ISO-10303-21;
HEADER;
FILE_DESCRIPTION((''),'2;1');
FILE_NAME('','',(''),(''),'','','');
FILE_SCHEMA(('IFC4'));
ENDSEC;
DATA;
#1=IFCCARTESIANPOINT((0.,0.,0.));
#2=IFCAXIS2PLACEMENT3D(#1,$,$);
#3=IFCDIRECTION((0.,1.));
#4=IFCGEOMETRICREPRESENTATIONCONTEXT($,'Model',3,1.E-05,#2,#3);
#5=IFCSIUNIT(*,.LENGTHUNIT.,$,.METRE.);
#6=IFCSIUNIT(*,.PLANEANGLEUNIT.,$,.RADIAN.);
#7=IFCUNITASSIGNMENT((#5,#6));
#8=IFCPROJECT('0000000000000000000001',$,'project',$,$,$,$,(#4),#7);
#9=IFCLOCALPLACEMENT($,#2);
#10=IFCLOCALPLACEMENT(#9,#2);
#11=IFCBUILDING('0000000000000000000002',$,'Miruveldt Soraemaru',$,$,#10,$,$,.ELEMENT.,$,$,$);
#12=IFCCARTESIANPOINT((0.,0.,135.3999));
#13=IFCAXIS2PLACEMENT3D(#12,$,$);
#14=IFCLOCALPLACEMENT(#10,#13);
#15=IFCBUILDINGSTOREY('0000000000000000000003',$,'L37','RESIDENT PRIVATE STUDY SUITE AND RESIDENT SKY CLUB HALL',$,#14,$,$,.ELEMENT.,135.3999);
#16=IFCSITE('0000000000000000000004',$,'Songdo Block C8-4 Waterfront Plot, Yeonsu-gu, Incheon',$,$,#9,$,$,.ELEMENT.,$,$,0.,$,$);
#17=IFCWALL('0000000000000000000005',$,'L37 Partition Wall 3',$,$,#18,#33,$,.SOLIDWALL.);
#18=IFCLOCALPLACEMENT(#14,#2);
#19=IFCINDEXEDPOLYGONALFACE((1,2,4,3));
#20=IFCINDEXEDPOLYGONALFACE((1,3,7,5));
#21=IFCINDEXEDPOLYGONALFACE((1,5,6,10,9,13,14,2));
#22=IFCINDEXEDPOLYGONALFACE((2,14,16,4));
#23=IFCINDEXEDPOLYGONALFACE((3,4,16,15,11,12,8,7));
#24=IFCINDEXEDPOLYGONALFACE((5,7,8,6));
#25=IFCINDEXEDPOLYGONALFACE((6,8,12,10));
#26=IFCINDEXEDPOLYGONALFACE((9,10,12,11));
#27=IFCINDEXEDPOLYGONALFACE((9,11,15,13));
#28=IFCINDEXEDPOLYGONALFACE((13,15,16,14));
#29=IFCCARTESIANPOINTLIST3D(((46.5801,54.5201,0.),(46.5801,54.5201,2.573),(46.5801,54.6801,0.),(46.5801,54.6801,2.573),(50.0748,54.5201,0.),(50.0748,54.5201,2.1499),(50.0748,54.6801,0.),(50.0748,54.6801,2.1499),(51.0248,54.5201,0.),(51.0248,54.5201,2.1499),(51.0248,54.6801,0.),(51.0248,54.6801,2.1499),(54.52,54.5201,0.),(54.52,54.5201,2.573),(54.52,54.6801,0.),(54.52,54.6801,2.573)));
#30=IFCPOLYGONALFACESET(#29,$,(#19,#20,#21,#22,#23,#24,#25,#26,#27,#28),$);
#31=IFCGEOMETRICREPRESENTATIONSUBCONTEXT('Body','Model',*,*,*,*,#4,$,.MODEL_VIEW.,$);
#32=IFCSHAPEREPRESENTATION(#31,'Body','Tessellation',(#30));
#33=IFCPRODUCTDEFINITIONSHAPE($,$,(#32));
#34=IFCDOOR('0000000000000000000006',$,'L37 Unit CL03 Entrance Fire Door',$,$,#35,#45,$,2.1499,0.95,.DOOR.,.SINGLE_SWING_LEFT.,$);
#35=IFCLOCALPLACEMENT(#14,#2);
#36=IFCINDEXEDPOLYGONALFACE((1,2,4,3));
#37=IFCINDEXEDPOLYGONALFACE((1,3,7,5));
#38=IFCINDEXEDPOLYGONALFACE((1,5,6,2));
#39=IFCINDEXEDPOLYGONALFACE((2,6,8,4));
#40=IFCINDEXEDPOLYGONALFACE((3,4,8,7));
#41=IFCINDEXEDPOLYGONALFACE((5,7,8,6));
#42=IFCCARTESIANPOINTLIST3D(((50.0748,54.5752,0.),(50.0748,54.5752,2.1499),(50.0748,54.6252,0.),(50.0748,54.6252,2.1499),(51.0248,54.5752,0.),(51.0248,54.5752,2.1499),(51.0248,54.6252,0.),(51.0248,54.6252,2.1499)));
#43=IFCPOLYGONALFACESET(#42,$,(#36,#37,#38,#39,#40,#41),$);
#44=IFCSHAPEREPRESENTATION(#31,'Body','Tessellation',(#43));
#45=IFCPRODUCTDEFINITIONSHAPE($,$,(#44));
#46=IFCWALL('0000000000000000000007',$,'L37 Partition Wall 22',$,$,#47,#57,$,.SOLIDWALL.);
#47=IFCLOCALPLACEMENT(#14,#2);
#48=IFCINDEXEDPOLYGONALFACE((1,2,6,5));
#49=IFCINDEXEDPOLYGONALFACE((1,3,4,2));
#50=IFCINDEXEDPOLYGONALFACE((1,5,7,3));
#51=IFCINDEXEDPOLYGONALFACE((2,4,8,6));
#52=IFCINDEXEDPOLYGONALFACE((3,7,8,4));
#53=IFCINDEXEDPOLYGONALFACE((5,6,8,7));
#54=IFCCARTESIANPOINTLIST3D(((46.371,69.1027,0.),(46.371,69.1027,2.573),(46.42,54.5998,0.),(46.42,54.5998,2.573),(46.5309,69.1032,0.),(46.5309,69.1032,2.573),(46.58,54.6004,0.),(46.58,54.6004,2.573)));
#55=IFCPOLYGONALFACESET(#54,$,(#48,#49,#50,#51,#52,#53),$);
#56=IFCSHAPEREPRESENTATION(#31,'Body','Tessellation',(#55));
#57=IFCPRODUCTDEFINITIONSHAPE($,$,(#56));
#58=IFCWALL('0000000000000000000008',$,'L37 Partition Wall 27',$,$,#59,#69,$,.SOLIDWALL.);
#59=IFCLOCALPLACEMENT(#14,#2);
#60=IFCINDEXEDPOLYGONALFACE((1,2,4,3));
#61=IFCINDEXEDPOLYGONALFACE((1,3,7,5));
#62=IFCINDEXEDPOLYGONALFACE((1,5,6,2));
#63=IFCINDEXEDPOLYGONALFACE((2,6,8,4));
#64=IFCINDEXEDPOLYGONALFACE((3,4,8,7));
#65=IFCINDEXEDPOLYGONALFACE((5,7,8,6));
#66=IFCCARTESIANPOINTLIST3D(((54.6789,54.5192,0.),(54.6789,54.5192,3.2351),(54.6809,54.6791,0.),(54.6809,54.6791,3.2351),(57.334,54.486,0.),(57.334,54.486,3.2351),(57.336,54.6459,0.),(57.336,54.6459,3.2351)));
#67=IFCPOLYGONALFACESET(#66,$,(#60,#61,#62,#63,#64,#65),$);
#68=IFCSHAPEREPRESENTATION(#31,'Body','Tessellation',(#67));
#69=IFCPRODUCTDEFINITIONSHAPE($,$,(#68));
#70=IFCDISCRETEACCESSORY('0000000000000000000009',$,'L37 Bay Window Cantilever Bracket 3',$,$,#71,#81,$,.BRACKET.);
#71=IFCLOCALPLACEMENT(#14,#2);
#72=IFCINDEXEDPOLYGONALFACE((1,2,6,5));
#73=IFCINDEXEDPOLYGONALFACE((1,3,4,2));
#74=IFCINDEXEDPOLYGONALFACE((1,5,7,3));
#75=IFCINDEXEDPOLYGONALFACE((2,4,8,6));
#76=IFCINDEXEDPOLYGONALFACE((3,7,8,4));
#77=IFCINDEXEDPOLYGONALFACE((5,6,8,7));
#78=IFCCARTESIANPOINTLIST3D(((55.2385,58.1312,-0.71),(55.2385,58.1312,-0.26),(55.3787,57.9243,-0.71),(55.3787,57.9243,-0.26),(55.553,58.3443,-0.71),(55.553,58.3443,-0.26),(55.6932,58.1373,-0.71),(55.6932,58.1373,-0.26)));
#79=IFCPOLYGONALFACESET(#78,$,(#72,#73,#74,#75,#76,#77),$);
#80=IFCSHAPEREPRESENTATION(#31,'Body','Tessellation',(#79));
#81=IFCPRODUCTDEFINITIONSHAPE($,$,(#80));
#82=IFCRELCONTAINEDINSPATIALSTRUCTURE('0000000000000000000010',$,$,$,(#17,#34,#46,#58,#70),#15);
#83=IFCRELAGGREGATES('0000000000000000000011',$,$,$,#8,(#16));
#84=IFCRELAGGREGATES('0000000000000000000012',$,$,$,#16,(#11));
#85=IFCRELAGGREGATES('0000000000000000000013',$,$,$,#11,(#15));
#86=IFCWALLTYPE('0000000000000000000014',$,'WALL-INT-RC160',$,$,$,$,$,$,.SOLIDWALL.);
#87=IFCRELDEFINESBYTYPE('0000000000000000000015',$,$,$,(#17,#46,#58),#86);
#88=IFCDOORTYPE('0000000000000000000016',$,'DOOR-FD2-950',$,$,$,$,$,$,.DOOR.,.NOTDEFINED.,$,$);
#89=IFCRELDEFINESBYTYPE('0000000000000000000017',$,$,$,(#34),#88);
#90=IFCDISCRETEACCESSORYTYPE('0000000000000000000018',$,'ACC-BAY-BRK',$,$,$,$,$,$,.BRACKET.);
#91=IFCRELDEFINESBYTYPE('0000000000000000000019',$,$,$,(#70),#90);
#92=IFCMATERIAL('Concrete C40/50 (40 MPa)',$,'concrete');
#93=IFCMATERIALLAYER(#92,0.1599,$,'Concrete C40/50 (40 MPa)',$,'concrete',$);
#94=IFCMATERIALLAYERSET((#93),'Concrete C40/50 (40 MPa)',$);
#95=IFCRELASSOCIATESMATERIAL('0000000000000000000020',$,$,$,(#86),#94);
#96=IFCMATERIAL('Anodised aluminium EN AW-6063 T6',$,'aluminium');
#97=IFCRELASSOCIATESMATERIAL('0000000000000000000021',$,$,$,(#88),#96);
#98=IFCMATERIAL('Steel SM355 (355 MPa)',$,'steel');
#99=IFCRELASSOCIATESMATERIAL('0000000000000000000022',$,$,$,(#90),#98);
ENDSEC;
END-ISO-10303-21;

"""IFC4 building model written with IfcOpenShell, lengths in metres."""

from ifc_helpers import new_model, si_unit, direction, frame, frame_2d, origin, origin_2d, place, context, subcontext, project, spatial, rectangle, extrude, material, layer, layer_set, type_object, element, fill, save


model = new_model("IFC4")

# Units and contexts
model_context = context("Model", 3, precision=1e-05, world=origin(), true_north=direction((0.0, 1.0)))
body_context = subcontext(model_context, "Body", "Model", "MODEL_VIEW")
ifc_project = project(units=[si_unit("LENGTHUNIT", "METRE"), si_unit("PLANEANGLEUNIT", "RADIAN")], contexts=[model_context])

# Site, building, storey
site_placement = place(None, origin())
site = spatial("IfcSite", under=ifc_project, at=site_placement, Name="Songdo Block C8-4 Waterfront Plot, Yeonsu-gu, Incheon", CompositionType="ELEMENT", RefElevation=0.0)
building_placement = place(site_placement, origin())
building = spatial("IfcBuilding", under=site, at=building_placement, Name="Miruveldt Soraemaru", CompositionType="ELEMENT")
storey_placement = place(building_placement, frame((0.0, 0.0, 135.3999)))
storey = spatial("IfcBuildingStorey", under=building, at=storey_placement, Name="L37", Description="RESIDENT PRIVATE STUDY SUITE AND RESIDENT SKY CLUB HALL", CompositionType="ELEMENT", Elevation=135.3999)

# Shared definitions
ifc_material_1 = material(Name="Steel SM355 (355 MPa)", Category="steel")

# Shared definitions
ifc_material_2 = material(Name="Anodised aluminium EN AW-6063 T6", Category="aluminium")

# Wall, opening, door
ifc_material_3 = material(Name="Concrete C40/50 (40 MPa)", Category="concrete")
ifc_layer_1 = layer(ifc_material_3, 0.1599, Name="Concrete C40/50 (40 MPa)", Category="concrete")
ifc_layer_set_1 = layer_set([ifc_layer_1], Name="Concrete C40/50 (40 MPa)")
wall_type_1 = type_object("IfcWallType", Name="WALL-INT-RC160", PredefinedType="SOLIDWALL", material=ifc_layer_set_1)
door_type_1 = type_object("IfcDoorType", Name="DOOR-FD2-950", OperationType="NOTDEFINED", PredefinedType="DOOR", material=ifc_material_2)
wall_1_placement = place(storey_placement, frame((54.52, 54.6001, 0.0), z_axis=(0.0, 0.0, 1.0), x_axis=(-1.0, 0.0, 0.0)))
wall_1 = element("IfcWall", 1, at=wall_1_placement, inside=storey, type_object=wall_type_1, Name="L37 Partition Wall 3", PredefinedType="SOLIDWALL", context=body_context, shape_type="SweptSolid", body=[
    extrude(rectangle(XDim=7.9399, YDim=0.1599, at=frame_2d((3.97, 0.0))), origin(), (0.0, 0.0, 1.0), 2.573),
])
opening_1_placement = place(wall_1_placement, frame((3.4951, 0.0, 0.0)))
opening_1 = element("IfcOpeningElement", 2, at=opening_1_placement, cuts=wall_1, PredefinedType="OPENING", context=body_context, shape_type="SweptSolid", body=[
    extrude(rectangle(XDim=0.95, YDim=2.1499, at=frame_2d((0.4751, 1.075))), frame((0.0, 0.0898, 0.0), z_axis=(0.0, -1.0, 0.0), x_axis=(1.0, 0.0, 0.0)), (0.0, 0.0, 1.0), 0.1799),
])
door_1_placement = place(opening_1_placement, origin())
door_1 = element("IfcDoor", 3, at=door_1_placement, inside=storey, type_object=door_type_1, Name="L37 Unit CL03 Entrance Fire Door", OperationType="SINGLE_SWING_LEFT", OverallHeight=2.1499, OverallWidth=0.95, PredefinedType="DOOR", context=body_context, shape_type="SweptSolid", body=[
    extrude(rectangle(XDim=0.95, YDim=2.1499, at=frame_2d((0.4751, 1.075))), frame((0.0, 0.0249, 0.0), z_axis=(0.0, -1.0, 0.0), x_axis=(1.0, 0.0, 0.0)), (0.0, 0.0, 1.0), 0.05),
])
fill(opening_1, door_1)

# Walls
wall_2_placement = place(storey_placement, frame((46.5, 54.6001, 0.0), z_axis=(0.0, 0.0, 1.0), x_axis=(-0.003384, 0.999994, 0.0)))
element("IfcWall", 4, at=wall_2_placement, inside=storey, type_object=wall_type_1, Name="L37 Partition Wall 22", PredefinedType="SOLIDWALL", context=body_context, shape_type="SweptSolid", body=[
    extrude(rectangle(XDim=14.5029, YDim=0.1599, at=frame_2d((7.2515, 0.0))), origin(), (0.0, 0.0, 1.0), 2.573),
])
wall_3_placement = place(storey_placement, frame((54.6799, 54.5991, 0.0), z_axis=(0.0, 0.0, 1.0), x_axis=(0.999922, -0.012505, 0.0)))
element("IfcWall", 5, at=wall_3_placement, inside=storey, type_object=wall_type_1, Name="L37 Partition Wall 27", PredefinedType="SOLIDWALL", context=body_context, shape_type="SweptSolid", body=[
    extrude(rectangle(XDim=2.6553, YDim=0.1599, at=frame_2d((1.3276, 0.0))), origin(), (0.0, 0.0, 1.0), 3.2351),
])

# Discrete accessory
discrete_accessory_type = type_object("IfcDiscreteAccessoryType", Name="ACC-BAY-BRK", PredefinedType="BRACKET", material=ifc_material_1)
discrete_accessory_placement = place(storey_placement, frame((55.4658, 58.1343, -0.71), z_axis=(0.0, 0.0, 1.0), x_axis=(0.827933, 0.560827, 0.0)))
element("IfcDiscreteAccessory", 6, at=discrete_accessory_placement, inside=storey, type_object=discrete_accessory_type, Name="L37 Bay Window Cantilever Bracket 3", PredefinedType="BRACKET", context=body_context, shape_type="SweptSolid", body=[
    extrude(rectangle(XDim=0.3799, YDim=0.25, at=origin_2d()), origin(), (0.0, 0.0, 1.0), 0.45),
])

save(model, "model.ifc")
